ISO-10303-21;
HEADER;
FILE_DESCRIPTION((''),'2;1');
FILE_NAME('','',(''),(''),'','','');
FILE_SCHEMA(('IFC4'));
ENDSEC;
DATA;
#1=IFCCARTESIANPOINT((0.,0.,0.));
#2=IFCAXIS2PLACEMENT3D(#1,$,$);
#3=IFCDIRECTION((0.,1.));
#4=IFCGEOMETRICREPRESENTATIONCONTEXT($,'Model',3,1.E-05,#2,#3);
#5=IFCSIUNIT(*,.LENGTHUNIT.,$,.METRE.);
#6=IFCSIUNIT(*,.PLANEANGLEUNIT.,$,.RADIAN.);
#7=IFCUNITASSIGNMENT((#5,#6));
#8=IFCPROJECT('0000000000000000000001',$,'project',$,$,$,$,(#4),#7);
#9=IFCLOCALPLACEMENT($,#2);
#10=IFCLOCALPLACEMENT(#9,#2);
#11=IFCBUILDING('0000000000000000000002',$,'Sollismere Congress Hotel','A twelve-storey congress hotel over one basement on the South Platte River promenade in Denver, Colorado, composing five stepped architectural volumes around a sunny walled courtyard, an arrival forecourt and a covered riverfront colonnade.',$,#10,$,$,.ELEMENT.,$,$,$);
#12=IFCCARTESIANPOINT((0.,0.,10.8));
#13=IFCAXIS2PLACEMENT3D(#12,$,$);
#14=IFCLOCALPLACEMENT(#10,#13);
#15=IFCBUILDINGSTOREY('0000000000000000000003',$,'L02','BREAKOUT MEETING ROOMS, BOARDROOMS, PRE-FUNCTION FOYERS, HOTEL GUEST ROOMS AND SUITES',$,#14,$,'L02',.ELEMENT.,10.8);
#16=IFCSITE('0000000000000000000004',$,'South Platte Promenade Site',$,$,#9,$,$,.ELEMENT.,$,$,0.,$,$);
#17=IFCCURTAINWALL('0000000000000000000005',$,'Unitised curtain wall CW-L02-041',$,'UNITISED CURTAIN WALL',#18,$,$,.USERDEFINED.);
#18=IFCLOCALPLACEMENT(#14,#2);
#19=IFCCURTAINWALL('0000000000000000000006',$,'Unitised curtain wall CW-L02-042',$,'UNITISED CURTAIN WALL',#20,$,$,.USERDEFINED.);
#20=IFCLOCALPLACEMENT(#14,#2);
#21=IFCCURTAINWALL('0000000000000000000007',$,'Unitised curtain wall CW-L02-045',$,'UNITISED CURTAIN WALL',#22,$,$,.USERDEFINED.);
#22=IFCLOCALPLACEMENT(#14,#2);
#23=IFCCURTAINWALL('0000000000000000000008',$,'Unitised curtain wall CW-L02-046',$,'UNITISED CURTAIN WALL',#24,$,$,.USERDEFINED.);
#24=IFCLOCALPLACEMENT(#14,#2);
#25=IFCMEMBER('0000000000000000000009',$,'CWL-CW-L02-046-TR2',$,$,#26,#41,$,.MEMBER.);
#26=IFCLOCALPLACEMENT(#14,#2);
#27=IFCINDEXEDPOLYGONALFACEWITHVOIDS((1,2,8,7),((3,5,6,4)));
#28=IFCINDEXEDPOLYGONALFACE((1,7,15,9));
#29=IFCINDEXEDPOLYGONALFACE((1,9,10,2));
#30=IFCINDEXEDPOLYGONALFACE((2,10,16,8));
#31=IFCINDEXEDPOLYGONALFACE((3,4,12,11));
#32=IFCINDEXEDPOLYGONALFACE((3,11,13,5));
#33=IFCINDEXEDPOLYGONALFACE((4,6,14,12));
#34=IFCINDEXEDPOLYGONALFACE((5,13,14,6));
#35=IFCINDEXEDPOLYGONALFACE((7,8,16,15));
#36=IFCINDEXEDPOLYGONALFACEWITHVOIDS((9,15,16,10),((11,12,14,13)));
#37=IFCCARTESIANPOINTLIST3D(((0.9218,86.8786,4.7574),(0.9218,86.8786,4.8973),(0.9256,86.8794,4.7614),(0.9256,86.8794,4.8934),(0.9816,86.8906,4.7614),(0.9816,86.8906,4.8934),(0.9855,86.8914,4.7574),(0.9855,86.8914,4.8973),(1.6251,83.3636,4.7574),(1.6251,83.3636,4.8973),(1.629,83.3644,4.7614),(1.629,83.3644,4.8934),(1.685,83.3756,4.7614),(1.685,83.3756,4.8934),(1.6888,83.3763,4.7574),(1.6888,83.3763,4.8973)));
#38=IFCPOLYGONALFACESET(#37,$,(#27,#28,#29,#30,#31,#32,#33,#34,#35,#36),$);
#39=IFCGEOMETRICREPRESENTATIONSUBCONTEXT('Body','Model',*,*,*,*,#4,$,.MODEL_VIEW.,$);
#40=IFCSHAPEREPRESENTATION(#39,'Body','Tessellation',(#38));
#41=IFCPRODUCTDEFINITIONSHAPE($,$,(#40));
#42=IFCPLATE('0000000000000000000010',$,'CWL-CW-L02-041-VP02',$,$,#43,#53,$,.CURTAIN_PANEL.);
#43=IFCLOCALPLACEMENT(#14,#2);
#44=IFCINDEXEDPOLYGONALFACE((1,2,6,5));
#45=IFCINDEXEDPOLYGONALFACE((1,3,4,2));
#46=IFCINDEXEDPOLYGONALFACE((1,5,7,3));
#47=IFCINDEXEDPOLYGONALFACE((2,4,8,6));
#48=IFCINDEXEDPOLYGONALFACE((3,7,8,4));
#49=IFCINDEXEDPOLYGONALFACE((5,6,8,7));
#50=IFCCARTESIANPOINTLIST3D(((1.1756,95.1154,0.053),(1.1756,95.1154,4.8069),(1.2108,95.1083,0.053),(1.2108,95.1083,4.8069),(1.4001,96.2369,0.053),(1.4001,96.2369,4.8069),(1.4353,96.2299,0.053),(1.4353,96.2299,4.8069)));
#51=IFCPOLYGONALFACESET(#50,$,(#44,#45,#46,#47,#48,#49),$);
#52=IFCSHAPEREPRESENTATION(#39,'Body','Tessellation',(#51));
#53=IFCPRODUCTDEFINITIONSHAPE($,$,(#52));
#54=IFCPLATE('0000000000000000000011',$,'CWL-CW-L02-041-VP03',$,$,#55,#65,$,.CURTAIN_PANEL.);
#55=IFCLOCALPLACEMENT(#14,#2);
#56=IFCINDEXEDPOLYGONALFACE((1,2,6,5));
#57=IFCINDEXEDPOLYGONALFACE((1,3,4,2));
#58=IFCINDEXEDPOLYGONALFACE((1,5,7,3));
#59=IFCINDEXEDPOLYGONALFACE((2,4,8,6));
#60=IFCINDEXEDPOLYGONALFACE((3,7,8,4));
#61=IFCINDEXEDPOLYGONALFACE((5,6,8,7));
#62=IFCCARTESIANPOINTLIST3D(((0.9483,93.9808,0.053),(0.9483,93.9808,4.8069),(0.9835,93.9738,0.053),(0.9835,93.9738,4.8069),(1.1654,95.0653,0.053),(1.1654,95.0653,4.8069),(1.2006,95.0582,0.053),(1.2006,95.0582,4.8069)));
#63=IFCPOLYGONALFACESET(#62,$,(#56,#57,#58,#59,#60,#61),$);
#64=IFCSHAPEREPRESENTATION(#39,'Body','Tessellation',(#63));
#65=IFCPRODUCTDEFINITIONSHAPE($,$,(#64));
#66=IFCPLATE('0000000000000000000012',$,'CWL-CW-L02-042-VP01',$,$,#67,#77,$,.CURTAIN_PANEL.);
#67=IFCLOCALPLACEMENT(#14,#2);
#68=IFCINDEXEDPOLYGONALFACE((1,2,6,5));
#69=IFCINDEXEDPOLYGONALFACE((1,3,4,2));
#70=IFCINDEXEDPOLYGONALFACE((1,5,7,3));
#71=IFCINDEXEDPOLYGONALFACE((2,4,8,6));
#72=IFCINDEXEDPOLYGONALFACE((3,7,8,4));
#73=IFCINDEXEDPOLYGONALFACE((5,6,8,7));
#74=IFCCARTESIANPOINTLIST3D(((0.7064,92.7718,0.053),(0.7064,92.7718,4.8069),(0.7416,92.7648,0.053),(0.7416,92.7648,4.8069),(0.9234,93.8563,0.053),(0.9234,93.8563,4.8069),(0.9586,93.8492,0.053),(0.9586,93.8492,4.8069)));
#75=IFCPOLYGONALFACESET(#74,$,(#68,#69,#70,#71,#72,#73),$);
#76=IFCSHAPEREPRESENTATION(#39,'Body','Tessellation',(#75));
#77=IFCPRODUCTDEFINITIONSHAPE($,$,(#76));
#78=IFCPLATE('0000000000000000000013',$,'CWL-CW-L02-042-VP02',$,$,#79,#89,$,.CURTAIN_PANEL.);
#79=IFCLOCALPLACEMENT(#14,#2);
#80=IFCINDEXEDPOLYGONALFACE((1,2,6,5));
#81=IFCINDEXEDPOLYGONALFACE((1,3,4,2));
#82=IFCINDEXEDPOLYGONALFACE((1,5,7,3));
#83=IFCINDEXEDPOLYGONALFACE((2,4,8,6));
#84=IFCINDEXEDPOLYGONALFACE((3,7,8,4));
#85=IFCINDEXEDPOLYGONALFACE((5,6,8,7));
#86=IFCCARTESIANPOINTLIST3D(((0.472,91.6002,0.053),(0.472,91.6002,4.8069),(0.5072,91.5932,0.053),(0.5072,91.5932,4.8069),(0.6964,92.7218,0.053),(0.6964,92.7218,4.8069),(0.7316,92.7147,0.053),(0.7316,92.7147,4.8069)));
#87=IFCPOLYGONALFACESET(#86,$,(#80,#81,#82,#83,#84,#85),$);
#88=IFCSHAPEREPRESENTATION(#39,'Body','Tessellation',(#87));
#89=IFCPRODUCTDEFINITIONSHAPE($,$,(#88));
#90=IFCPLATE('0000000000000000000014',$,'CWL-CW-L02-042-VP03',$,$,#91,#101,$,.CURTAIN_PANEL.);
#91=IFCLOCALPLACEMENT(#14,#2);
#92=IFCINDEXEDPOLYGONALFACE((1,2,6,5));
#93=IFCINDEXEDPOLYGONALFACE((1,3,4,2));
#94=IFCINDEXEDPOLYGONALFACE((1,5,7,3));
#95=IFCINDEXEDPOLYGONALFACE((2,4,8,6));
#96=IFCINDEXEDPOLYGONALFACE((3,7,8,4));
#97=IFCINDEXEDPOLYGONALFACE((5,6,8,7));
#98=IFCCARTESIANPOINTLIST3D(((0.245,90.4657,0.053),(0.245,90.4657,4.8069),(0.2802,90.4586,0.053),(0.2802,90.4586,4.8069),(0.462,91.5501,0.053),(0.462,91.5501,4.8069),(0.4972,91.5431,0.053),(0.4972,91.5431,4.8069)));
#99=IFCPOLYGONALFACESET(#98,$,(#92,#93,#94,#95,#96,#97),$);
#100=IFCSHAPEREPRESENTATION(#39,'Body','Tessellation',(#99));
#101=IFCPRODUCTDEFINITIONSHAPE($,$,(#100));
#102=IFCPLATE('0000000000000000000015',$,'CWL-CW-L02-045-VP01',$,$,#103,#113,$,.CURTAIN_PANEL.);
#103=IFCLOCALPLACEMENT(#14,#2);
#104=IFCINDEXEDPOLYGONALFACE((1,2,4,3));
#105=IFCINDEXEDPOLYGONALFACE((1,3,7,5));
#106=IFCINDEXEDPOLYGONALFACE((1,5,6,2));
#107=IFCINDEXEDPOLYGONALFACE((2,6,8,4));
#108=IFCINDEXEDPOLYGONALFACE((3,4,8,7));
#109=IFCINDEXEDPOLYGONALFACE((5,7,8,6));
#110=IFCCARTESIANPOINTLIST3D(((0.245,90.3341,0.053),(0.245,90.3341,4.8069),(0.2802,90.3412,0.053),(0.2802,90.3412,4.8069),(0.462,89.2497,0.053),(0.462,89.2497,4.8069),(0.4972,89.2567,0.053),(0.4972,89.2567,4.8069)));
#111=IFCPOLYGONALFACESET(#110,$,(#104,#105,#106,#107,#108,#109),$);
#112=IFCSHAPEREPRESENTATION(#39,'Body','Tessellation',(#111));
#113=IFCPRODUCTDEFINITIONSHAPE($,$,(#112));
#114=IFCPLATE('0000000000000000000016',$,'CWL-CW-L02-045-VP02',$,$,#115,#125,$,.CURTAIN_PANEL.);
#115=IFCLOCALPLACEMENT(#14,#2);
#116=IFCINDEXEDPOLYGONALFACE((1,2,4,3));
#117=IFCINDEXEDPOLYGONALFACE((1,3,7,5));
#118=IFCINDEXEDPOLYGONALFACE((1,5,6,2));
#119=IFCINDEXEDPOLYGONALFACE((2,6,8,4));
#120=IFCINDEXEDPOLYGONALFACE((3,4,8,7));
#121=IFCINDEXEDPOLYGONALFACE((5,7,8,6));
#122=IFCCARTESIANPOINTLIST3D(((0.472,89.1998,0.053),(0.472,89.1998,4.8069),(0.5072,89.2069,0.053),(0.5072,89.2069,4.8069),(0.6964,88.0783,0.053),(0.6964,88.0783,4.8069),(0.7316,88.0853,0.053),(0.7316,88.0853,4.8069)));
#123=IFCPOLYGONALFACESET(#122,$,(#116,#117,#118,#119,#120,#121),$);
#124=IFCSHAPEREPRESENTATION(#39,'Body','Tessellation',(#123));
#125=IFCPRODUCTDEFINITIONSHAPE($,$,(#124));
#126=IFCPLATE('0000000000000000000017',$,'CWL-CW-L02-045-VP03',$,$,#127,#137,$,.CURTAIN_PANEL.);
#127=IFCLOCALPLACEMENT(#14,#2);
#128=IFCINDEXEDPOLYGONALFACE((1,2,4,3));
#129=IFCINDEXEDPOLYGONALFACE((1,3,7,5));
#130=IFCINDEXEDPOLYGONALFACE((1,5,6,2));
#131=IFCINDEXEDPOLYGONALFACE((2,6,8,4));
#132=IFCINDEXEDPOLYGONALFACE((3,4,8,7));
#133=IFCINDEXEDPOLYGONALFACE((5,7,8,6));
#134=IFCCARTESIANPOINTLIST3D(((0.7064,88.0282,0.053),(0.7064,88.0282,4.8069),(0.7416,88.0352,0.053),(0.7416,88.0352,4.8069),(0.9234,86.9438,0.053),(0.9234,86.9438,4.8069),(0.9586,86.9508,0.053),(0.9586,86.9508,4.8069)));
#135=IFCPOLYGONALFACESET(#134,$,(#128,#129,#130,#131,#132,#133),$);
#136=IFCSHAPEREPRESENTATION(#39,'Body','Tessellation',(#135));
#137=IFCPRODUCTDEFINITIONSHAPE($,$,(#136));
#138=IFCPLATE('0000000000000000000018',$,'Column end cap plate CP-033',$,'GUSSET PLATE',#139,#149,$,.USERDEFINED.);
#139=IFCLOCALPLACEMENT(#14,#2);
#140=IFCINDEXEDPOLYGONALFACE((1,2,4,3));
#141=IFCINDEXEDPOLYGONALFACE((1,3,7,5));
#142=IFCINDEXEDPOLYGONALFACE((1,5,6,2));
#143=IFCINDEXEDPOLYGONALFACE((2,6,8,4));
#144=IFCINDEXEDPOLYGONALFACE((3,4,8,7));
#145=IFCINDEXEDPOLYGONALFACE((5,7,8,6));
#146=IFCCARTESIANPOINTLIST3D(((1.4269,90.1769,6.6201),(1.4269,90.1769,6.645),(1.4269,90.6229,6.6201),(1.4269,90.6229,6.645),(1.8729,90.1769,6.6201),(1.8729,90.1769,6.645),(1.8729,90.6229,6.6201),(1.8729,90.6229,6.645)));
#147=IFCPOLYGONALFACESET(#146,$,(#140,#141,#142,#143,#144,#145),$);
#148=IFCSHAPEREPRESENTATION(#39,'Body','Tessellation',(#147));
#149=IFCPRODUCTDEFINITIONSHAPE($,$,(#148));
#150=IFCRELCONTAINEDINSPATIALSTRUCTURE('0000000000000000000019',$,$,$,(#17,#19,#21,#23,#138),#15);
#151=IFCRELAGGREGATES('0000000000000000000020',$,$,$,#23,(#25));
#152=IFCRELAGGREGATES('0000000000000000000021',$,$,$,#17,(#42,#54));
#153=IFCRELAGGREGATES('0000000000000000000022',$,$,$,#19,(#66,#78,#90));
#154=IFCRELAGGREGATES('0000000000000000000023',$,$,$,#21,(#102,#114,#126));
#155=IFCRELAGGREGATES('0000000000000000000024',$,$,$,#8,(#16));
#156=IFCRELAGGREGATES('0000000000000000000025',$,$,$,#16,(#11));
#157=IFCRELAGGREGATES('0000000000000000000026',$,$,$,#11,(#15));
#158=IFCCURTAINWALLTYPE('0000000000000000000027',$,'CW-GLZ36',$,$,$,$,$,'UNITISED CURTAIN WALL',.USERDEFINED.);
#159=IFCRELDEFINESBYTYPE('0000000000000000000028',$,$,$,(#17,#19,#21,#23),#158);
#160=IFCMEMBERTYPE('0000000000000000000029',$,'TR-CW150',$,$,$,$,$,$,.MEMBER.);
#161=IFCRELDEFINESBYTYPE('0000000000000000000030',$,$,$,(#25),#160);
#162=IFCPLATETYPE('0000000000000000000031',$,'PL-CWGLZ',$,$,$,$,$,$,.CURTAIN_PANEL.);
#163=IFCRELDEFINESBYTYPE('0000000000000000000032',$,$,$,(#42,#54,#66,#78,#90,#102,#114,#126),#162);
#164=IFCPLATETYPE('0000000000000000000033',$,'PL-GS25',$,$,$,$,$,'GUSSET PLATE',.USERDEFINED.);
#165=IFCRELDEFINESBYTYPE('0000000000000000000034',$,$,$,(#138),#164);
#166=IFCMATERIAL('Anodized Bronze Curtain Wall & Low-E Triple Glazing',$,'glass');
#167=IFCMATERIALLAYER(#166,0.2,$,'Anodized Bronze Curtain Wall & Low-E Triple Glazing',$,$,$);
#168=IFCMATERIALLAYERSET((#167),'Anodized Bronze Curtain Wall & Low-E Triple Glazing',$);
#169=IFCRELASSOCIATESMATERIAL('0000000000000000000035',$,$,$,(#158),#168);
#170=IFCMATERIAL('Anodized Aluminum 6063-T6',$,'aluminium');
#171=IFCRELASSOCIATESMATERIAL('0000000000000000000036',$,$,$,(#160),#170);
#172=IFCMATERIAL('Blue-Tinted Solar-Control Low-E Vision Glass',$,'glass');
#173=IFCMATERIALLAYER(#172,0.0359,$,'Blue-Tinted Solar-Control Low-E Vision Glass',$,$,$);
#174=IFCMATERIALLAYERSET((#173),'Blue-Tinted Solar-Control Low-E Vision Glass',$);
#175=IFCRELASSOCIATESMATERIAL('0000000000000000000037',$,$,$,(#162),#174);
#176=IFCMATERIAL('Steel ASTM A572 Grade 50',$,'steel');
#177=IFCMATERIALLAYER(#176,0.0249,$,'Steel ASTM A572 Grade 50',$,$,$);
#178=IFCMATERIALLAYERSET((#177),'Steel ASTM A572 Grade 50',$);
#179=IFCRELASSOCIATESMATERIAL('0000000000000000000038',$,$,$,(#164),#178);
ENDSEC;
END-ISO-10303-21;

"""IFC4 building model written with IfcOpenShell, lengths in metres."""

from ifc_helpers import new_model, si_unit, direction, frame, origin, origin_2d, place, context, subcontext, project, spatial, rectangle, hollow_rectangle, extrude, material, layer, layer_set, material_profile, profile_set, type_object, element, aggregate, save


model = new_model("IFC4")

# Units and contexts
model_context = context("Model", 3, precision=1e-05, world=origin(), true_north=direction((0.0, 1.0)))
body_context = subcontext(model_context, "Body", "Model", "MODEL_VIEW")
ifc_project = project(units=[si_unit("LENGTHUNIT", "METRE"), si_unit("PLANEANGLEUNIT", "RADIAN")], contexts=[model_context])

# Site, building, storey
site_placement = place(None, origin())
site = spatial("IfcSite", under=ifc_project, at=site_placement, Name="South Platte Promenade Site", CompositionType="ELEMENT", RefElevation=0.0)
building_placement = place(site_placement, origin())
building = spatial("IfcBuilding", under=site, at=building_placement, Name="Sollismere Congress Hotel", Description="A twelve-storey congress hotel over one basement on the South Platte River promenade in Denver, Colorado, composing five stepped architectural volumes around a sunny walled courtyard, an arrival forecourt and a covered riverfront colonnade.", CompositionType="ELEMENT")
storey_placement = place(building_placement, frame((0.0, 0.0, 10.8)))
storey = spatial("IfcBuildingStorey", under=building, at=storey_placement, Name="L02", Description="BREAKOUT MEETING ROOMS, BOARDROOMS, PRE-FUNCTION FOYERS, HOTEL GUEST ROOMS AND SUITES", LongName="L02", CompositionType="ELEMENT", Elevation=10.8)

# Curtain walls
ifc_material_1 = material(Name="Anodized Bronze Curtain Wall & Low-E Triple Glazing", Category="glass")
ifc_layer_1 = layer(ifc_material_1, 0.2, Name="Anodized Bronze Curtain Wall & Low-E Triple Glazing")
ifc_layer_set_1 = layer_set([ifc_layer_1], Name="Anodized Bronze Curtain Wall & Low-E Triple Glazing")
curtain_wall_type = type_object("IfcCurtainWallType", Name="CW-GLZ36", ElementType="UNITISED CURTAIN WALL", PredefinedType="USERDEFINED", material=ifc_layer_set_1)
curtain_wall_1_placement = place(storey_placement, origin())
curtain_wall_1 = element("IfcCurtainWall", 1, at=curtain_wall_1_placement, inside=storey, type_object=curtain_wall_type, Name="Unitised curtain wall CW-L02-041", ObjectType="UNITISED CURTAIN WALL", PredefinedType="USERDEFINED")
ifc_material_2 = material(Name="Anodized Aluminum 6063-T6", Category="aluminium")
curtain_wall_2_placement = place(storey_placement, origin())
curtain_wall_2 = element("IfcCurtainWall", 2, at=curtain_wall_2_placement, inside=storey, type_object=curtain_wall_type, Name="Unitised curtain wall CW-L02-042", ObjectType="UNITISED CURTAIN WALL", PredefinedType="USERDEFINED")
curtain_wall_3_placement = place(storey_placement, origin())
curtain_wall_3 = element("IfcCurtainWall", 3, at=curtain_wall_3_placement, inside=storey, type_object=curtain_wall_type, Name="Unitised curtain wall CW-L02-045", ObjectType="UNITISED CURTAIN WALL", PredefinedType="USERDEFINED")

# Shared definitions
ifc_material_profile_1 = material_profile(ifc_material_2, hollow_rectangle(XDim=0.0649, YDim=0.1399, WallThickness=0.0039, at=origin_2d()), Name="ALU140X65X4")
ifc_profile_set_1 = profile_set([ifc_material_profile_1], Name="Anodized Aluminum 6063-T6")
member_type_1 = type_object("IfcMemberType", Name="TR-CW150", PredefinedType="MEMBER", material=ifc_profile_set_1)

# Curtain wall, member
curtain_wall_4_placement = place(storey_placement, origin())
curtain_wall_4 = element("IfcCurtainWall", 4, at=curtain_wall_4_placement, inside=storey, type_object=curtain_wall_type, Name="Unitised curtain wall CW-L02-046", ObjectType="UNITISED CURTAIN WALL", PredefinedType="USERDEFINED")
member_1_placement = place(storey_placement, frame((0.9536, 86.885, 4.8274), z_axis=(0.196208, -0.980562, 0.0), x_axis=(0.980562, 0.196208, 0.0)))
member_1 = element("IfcMember", 5, at=member_1_placement, type_object=member_type_1, Name="CWL-CW-L02-046-TR2", PredefinedType="MEMBER", context=body_context, shape_type="SweptSolid", body=[
    extrude(hollow_rectangle(XDim=0.0649, YDim=0.1399, WallThickness=0.0039, at=origin_2d()), origin(), (0.0, 0.0, 1.0), 3.5847),
])
aggregate(curtain_wall_4, [member_1])

# Plates
ifc_material_3 = material(Name="Blue-Tinted Solar-Control Low-E Vision Glass", Category="glass")
ifc_layer_2 = layer(ifc_material_3, 0.0359, Name="Blue-Tinted Solar-Control Low-E Vision Glass")
ifc_layer_set_2 = layer_set([ifc_layer_2], Name="Blue-Tinted Solar-Control Low-E Vision Glass")
plate_type_1 = type_object("IfcPlateType", Name="PL-CWGLZ", PredefinedType="CURTAIN_PANEL", material=ifc_layer_set_2)
plate_1_placement = place(storey_placement, frame((1.3054, 95.6726, 0.053), z_axis=(0.0, 0.0, 1.0), x_axis=(-0.196254, -0.980553, 0.0)))
plate_1 = element("IfcPlate", 6, at=plate_1_placement, type_object=plate_type_1, Name="CWL-CW-L02-041-VP02", PredefinedType="CURTAIN_PANEL", context=body_context, shape_type="SweptSolid", body=[
    extrude(rectangle(XDim=1.1438, YDim=0.0359, at=origin_2d()), origin(), (0.0, 0.0, 1.0), 4.7539),
])
plate_2_placement = place(storey_placement, frame((1.0745, 94.5195, 0.053), z_axis=(0.0, 0.0, 1.0), x_axis=(-0.196254, -0.980553, 0.0)))
plate_2 = element("IfcPlate", 7, at=plate_2_placement, type_object=plate_type_1, Name="CWL-CW-L02-041-VP03", PredefinedType="CURTAIN_PANEL", context=body_context, shape_type="SweptSolid", body=[
    extrude(rectangle(XDim=1.106, YDim=0.0359, at=origin_2d()), origin(), (0.0, 0.0, 1.0), 4.7539),
])
aggregate(curtain_wall_1, [plate_1, plate_2])
plate_3_placement = place(storey_placement, frame((0.8325, 93.3105, 0.053), z_axis=(0.0, 0.0, 1.0), x_axis=(-0.196254, -0.980553, 0.0)))
plate_3 = element("IfcPlate", 8, at=plate_3_placement, type_object=plate_type_1, Name="CWL-CW-L02-042-VP01", PredefinedType="CURTAIN_PANEL", context=body_context, shape_type="SweptSolid", body=[
    extrude(rectangle(XDim=1.106, YDim=0.0359, at=origin_2d()), origin(), (0.0, 0.0, 1.0), 4.7539),
])
plate_4_placement = place(storey_placement, frame((0.6018, 92.1575, 0.053), z_axis=(0.0, 0.0, 1.0), x_axis=(-0.196254, -0.980553, 0.0)))
plate_4 = element("IfcPlate", 9, at=plate_4_placement, type_object=plate_type_1, Name="CWL-CW-L02-042-VP02", PredefinedType="CURTAIN_PANEL", context=body_context, shape_type="SweptSolid", body=[
    extrude(rectangle(XDim=1.1438, YDim=0.0359, at=origin_2d()), origin(), (0.0, 0.0, 1.0), 4.7539),
])
plate_5_placement = place(storey_placement, frame((0.3711, 91.0044, 0.053), z_axis=(0.0, 0.0, 1.0), x_axis=(-0.196254, -0.980553, 0.0)))
plate_5 = element("IfcPlate", 10, at=plate_5_placement, type_object=plate_type_1, Name="CWL-CW-L02-042-VP03", PredefinedType="CURTAIN_PANEL", context=body_context, shape_type="SweptSolid", body=[
    extrude(rectangle(XDim=1.106, YDim=0.0359, at=origin_2d()), origin(), (0.0, 0.0, 1.0), 4.7539),
])
aggregate(curtain_wall_2, [plate_3, plate_4, plate_5])
plate_6_placement = place(storey_placement, frame((0.3711, 89.7954, 0.053), z_axis=(0.0, 0.0, 1.0), x_axis=(0.196254, -0.980553, 0.0)))
plate_6 = element("IfcPlate", 11, at=plate_6_placement, type_object=plate_type_1, Name="CWL-CW-L02-045-VP01", PredefinedType="CURTAIN_PANEL", context=body_context, shape_type="SweptSolid", body=[
    extrude(rectangle(XDim=1.106, YDim=0.0359, at=origin_2d()), origin(), (0.0, 0.0, 1.0), 4.7539),
])
plate_7_placement = place(storey_placement, frame((0.6018, 88.6426, 0.053), z_axis=(0.0, 0.0, 1.0), x_axis=(0.196254, -0.980553, 0.0)))
plate_7 = element("IfcPlate", 12, at=plate_7_placement, type_object=plate_type_1, Name="CWL-CW-L02-045-VP02", PredefinedType="CURTAIN_PANEL", context=body_context, shape_type="SweptSolid", body=[
    extrude(rectangle(XDim=1.1438, YDim=0.0359, at=origin_2d()), origin(), (0.0, 0.0, 1.0), 4.7539),
])
plate_8_placement = place(storey_placement, frame((0.8325, 87.4895, 0.053), z_axis=(0.0, 0.0, 1.0), x_axis=(0.196254, -0.980553, 0.0)))
plate_8 = element("IfcPlate", 13, at=plate_8_placement, type_object=plate_type_1, Name="CWL-CW-L02-045-VP03", PredefinedType="CURTAIN_PANEL", context=body_context, shape_type="SweptSolid", body=[
    extrude(rectangle(XDim=1.106, YDim=0.0359, at=origin_2d()), origin(), (0.0, 0.0, 1.0), 4.7539),
])
aggregate(curtain_wall_3, [plate_6, plate_7, plate_8])
ifc_material_4 = material(Name="Steel ASTM A572 Grade 50", Category="steel")
ifc_layer_3 = layer(ifc_material_4, 0.0249, Name="Steel ASTM A572 Grade 50")
ifc_layer_set_3 = layer_set([ifc_layer_3], Name="Steel ASTM A572 Grade 50")
plate_type_2 = type_object("IfcPlateType", Name="PL-GS25", ElementType="GUSSET PLATE", PredefinedType="USERDEFINED", material=ifc_layer_set_3)
plate_9_placement = place(storey_placement, frame((1.6499, 90.3999, 6.6201), z_axis=(0.0, 0.0, 1.0), x_axis=(-1.0, 0.0, 0.0)))
element("IfcPlate", 14, at=plate_9_placement, inside=storey, type_object=plate_type_2, Name="Column end cap plate CP-033", ObjectType="GUSSET PLATE", PredefinedType="USERDEFINED", context=body_context, shape_type="SweptSolid", body=[
    extrude(rectangle(XDim=0.446, YDim=0.446, at=origin_2d()), origin(), (0.0, 0.0, 1.0), 0.0249),
])

save(model, "model.ifc")
